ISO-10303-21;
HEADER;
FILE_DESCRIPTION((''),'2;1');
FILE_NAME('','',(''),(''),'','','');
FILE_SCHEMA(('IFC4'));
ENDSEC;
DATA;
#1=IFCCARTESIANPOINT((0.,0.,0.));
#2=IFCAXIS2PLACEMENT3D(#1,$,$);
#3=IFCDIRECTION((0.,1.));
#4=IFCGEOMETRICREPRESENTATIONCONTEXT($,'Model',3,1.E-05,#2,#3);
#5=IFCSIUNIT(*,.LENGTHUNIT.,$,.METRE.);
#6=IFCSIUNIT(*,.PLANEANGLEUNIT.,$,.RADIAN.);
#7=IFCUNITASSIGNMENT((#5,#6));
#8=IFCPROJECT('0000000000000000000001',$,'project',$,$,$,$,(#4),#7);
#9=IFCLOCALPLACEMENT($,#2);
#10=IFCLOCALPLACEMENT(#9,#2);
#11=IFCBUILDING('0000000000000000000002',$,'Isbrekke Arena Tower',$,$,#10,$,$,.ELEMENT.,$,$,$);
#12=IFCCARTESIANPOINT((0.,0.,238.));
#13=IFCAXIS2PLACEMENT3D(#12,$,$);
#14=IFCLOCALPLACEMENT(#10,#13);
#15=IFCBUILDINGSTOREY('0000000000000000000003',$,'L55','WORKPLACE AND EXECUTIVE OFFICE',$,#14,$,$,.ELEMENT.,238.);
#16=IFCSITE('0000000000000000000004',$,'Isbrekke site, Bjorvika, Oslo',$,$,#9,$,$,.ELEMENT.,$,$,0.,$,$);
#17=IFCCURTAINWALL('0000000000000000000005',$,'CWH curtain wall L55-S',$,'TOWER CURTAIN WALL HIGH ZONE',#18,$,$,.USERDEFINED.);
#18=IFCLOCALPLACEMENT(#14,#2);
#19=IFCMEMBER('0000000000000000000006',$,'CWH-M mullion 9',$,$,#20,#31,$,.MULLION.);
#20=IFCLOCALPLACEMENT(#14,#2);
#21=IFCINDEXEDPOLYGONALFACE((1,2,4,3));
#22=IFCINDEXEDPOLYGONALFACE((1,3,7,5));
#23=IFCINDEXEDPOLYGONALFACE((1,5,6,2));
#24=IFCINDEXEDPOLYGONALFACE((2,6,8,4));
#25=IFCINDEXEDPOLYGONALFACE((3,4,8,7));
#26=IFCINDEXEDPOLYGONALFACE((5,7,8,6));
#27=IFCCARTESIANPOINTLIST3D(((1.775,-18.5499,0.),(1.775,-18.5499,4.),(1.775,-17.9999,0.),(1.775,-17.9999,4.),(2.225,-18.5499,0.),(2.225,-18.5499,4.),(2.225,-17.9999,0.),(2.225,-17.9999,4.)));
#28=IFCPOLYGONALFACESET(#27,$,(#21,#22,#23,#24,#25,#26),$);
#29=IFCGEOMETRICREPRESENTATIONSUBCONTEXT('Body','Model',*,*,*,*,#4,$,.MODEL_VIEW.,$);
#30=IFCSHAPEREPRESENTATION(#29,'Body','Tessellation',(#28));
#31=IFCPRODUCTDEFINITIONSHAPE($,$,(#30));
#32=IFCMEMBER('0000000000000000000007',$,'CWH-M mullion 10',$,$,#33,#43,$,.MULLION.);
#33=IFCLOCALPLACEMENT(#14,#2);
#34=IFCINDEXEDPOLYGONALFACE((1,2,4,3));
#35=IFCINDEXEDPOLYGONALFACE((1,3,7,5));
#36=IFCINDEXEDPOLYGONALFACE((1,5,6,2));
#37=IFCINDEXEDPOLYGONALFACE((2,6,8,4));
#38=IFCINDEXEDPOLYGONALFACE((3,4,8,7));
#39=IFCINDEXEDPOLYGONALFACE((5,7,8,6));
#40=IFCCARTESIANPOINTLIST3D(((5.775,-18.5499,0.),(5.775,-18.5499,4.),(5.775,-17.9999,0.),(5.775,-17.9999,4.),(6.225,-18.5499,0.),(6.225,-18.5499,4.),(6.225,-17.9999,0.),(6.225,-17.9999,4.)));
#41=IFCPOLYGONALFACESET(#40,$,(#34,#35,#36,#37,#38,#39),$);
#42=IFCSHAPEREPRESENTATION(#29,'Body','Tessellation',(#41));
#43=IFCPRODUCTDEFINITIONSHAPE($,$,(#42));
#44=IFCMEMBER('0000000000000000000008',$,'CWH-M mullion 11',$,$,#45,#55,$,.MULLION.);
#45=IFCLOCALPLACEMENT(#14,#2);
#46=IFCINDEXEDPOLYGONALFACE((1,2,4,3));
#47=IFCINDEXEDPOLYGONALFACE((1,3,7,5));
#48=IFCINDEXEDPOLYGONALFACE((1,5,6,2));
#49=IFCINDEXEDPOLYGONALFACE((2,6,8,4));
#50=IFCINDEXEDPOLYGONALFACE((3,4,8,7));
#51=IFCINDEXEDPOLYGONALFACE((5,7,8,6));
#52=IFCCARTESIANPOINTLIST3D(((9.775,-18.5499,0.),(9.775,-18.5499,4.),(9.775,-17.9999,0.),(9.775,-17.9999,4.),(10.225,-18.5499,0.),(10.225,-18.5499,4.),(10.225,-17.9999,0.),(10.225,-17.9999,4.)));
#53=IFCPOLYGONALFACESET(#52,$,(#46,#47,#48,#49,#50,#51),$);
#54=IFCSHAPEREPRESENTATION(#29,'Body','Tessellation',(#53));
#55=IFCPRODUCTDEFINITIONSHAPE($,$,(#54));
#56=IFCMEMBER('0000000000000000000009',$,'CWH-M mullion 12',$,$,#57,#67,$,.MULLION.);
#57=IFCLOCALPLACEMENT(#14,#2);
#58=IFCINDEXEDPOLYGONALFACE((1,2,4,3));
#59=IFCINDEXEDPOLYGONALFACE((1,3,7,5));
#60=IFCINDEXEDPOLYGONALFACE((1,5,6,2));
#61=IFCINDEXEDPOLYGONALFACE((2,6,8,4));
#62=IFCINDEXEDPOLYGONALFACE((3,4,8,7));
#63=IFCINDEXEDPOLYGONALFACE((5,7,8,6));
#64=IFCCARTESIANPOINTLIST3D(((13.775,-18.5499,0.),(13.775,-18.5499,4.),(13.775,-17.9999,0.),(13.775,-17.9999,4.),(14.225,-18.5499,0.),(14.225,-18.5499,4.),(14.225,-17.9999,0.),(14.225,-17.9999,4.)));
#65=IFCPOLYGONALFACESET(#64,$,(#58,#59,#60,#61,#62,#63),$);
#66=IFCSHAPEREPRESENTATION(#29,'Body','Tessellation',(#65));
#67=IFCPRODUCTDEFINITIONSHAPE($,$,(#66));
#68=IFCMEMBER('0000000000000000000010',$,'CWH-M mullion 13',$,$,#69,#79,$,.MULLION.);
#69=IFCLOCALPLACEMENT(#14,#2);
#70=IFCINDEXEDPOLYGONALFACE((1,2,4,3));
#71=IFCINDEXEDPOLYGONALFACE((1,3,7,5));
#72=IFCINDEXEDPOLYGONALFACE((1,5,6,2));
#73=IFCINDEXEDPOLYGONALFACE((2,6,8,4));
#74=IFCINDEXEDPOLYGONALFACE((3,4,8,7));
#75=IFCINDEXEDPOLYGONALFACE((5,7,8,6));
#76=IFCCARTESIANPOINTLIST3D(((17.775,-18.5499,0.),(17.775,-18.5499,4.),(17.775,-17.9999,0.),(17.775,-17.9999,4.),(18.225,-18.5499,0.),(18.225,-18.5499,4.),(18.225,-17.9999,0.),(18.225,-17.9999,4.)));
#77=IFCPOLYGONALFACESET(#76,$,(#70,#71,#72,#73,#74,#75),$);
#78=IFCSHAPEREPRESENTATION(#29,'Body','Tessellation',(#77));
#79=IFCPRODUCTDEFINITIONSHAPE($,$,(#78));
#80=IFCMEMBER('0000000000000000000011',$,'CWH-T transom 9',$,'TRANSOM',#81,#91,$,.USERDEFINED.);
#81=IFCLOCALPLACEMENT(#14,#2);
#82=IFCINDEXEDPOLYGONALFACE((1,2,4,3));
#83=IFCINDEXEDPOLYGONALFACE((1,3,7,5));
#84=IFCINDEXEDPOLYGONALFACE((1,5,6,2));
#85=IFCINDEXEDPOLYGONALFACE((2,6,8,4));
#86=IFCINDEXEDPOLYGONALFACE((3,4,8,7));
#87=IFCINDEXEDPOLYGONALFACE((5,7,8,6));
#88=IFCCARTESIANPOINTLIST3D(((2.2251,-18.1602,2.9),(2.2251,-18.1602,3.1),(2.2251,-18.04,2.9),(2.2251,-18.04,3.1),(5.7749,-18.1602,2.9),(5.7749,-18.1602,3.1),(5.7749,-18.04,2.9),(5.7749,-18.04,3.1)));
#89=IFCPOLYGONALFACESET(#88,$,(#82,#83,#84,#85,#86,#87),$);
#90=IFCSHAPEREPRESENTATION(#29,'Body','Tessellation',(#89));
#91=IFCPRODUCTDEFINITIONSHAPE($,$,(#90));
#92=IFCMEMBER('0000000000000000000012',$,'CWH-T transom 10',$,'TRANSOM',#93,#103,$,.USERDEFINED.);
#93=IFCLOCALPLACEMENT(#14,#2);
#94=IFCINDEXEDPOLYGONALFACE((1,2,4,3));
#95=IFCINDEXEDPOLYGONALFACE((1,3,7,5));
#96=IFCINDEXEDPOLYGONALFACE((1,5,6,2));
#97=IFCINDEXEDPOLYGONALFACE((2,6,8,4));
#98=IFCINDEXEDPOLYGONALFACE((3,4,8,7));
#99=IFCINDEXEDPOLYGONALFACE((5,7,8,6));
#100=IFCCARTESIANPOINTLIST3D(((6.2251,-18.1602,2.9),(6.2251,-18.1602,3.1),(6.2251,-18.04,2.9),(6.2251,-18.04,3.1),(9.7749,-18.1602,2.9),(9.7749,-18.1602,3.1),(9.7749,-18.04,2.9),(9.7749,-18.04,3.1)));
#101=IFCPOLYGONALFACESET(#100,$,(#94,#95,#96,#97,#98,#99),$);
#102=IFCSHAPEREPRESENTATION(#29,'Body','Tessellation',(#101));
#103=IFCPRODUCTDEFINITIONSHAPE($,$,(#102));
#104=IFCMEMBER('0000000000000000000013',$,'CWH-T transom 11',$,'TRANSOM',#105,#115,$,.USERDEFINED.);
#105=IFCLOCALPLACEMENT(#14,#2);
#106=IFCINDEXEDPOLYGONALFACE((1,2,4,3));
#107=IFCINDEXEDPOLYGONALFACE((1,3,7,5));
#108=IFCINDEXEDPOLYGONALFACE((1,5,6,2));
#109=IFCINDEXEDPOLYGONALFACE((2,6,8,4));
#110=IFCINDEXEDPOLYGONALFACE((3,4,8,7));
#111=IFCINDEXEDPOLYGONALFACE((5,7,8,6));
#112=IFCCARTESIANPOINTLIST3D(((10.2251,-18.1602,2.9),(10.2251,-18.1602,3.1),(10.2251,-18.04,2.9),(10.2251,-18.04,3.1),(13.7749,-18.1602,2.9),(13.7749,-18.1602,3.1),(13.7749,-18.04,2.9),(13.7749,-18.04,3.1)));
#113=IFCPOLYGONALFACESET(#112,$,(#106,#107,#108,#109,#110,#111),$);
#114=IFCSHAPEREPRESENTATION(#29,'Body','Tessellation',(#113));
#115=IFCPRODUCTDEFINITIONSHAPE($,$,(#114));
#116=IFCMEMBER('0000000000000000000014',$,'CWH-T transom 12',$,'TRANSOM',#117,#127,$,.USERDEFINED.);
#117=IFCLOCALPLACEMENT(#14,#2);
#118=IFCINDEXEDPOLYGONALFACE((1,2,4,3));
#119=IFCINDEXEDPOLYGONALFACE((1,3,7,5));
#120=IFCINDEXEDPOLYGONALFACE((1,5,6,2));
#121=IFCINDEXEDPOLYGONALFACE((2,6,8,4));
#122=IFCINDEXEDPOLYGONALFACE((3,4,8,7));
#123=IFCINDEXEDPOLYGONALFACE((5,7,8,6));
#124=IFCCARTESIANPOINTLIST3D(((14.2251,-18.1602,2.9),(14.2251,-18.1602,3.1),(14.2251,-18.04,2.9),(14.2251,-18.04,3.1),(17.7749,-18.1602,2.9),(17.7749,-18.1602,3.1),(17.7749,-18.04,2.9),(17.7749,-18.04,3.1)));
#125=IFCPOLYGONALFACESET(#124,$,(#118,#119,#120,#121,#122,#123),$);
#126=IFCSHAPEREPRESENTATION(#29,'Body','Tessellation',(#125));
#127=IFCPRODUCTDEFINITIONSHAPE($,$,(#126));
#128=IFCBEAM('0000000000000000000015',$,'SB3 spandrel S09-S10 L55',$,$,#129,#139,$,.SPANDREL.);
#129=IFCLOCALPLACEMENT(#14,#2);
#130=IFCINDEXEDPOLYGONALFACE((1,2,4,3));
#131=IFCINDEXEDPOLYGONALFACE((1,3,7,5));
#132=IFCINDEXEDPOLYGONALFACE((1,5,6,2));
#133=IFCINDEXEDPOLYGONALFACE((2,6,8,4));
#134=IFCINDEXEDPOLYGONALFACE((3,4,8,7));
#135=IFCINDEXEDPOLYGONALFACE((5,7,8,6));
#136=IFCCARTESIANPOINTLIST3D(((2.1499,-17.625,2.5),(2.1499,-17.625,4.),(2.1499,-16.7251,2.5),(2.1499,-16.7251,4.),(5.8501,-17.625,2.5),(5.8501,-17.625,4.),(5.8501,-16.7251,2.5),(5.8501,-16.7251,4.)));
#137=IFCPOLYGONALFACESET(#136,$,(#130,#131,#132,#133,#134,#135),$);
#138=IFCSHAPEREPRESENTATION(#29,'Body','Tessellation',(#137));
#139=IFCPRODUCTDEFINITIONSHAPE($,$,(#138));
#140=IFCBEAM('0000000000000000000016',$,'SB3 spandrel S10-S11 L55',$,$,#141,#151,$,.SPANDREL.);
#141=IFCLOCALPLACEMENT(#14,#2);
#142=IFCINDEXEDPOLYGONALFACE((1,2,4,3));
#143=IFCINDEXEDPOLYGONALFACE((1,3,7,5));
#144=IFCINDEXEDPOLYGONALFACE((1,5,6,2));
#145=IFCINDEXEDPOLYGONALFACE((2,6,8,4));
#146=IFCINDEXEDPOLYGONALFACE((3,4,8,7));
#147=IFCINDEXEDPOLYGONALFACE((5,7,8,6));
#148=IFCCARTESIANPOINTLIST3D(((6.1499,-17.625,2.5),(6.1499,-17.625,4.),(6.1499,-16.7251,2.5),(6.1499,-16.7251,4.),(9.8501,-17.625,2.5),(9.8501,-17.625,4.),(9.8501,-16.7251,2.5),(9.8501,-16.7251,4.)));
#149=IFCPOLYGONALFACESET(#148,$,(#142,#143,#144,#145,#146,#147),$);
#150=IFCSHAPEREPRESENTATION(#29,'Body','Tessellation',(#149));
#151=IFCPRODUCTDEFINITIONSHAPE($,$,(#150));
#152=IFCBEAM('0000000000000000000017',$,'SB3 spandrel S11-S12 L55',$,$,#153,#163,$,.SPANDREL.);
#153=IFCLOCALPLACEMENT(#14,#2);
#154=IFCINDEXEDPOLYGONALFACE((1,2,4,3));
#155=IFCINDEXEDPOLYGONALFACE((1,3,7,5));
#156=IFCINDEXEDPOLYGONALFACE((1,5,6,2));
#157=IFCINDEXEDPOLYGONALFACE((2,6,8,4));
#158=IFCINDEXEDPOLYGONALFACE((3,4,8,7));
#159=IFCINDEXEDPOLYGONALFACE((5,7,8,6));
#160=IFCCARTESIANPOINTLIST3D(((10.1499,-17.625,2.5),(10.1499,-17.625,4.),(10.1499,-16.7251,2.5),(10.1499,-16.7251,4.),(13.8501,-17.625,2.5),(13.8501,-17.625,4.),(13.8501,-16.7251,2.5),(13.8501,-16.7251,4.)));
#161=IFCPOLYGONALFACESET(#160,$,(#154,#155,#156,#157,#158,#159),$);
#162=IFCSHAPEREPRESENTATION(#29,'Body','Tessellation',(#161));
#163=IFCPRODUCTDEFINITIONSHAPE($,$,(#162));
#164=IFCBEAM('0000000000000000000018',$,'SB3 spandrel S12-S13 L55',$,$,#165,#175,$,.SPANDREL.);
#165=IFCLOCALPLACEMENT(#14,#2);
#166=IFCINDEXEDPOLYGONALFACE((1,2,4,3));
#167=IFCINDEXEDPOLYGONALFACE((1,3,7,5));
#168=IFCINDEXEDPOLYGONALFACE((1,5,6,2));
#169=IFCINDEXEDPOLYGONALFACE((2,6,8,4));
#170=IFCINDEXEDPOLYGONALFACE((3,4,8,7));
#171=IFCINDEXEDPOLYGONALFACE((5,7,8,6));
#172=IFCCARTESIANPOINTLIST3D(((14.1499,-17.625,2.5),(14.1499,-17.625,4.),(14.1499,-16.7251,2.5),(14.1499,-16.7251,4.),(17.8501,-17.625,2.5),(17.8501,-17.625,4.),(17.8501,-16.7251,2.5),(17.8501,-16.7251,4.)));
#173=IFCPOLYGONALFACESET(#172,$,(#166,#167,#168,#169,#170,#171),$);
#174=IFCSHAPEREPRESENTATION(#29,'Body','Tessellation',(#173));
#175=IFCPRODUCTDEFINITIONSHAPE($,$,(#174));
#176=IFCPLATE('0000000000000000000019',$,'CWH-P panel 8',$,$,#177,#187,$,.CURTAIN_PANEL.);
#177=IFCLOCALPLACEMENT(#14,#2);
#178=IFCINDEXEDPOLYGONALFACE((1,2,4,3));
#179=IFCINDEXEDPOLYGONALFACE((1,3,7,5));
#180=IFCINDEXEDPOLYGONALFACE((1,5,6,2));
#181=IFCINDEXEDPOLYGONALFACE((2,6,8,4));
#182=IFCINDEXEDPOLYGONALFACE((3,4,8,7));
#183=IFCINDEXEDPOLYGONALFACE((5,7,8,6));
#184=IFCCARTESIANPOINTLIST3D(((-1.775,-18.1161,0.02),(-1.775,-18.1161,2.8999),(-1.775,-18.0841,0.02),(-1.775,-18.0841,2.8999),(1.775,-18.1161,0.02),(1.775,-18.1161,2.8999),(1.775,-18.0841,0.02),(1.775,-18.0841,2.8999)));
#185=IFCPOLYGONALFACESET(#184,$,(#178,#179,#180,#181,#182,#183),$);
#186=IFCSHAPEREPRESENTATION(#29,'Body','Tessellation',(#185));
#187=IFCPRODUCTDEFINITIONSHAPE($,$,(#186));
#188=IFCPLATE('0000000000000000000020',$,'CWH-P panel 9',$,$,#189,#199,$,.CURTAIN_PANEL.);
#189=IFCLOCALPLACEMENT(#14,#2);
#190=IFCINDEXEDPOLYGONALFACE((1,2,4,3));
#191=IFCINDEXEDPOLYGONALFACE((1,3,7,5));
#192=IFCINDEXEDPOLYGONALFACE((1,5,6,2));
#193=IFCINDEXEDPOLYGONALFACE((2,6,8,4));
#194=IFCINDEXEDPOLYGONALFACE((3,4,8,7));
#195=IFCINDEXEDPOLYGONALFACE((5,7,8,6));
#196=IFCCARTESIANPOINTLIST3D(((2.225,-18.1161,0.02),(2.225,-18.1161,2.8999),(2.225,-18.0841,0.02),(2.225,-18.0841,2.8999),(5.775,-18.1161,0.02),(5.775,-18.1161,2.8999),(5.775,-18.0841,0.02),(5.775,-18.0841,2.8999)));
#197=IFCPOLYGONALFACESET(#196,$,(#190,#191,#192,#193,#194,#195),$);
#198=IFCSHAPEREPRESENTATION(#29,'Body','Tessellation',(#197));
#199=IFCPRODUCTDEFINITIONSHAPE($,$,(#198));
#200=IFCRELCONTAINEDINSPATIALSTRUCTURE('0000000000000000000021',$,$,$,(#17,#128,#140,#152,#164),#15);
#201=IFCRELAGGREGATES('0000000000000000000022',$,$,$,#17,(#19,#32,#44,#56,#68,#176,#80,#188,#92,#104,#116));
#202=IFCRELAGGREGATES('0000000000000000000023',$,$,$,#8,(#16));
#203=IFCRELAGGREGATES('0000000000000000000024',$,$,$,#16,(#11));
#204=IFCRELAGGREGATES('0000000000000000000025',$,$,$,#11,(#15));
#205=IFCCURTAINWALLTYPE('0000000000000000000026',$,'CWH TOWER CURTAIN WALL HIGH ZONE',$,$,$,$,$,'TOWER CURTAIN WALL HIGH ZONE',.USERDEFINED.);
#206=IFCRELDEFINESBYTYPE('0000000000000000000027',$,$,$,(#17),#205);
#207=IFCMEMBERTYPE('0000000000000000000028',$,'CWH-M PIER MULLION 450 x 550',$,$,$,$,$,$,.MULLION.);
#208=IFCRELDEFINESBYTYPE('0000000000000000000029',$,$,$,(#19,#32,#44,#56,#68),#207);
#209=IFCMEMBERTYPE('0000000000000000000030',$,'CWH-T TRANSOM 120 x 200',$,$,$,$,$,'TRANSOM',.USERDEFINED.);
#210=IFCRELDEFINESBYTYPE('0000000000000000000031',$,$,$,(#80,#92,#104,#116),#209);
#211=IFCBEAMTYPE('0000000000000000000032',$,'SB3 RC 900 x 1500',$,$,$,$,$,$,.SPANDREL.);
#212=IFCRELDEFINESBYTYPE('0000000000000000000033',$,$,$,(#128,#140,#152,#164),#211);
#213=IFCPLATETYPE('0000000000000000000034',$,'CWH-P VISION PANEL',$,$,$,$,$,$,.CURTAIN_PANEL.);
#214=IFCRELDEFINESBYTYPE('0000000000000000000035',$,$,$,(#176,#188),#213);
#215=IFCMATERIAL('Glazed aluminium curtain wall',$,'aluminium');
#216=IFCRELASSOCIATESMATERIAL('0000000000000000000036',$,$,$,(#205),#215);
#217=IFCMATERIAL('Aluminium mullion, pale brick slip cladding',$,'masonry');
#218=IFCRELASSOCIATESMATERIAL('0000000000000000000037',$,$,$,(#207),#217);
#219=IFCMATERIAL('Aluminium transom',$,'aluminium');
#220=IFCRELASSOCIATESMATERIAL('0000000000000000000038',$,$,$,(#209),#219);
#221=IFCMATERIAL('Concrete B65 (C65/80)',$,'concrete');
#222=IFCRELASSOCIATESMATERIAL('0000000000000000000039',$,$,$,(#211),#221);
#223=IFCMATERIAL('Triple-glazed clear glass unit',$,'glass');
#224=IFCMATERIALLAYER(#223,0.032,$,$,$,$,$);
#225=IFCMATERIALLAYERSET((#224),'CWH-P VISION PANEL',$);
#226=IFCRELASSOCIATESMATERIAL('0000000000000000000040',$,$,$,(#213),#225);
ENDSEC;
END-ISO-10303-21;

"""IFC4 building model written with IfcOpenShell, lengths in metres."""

from ifc_helpers import new_model, si_unit, direction, frame, origin, origin_2d, place, context, subcontext, project, spatial, rectangle, extrude, material, layer, layer_set, material_profile, profile_set, type_object, element, aggregate, save


model = new_model("IFC4")

# Units and contexts
model_context = context("Model", 3, precision=1e-05, world=origin(), true_north=direction((0.0, 1.0)))
body_context = subcontext(model_context, "Body", "Model", "MODEL_VIEW")
ifc_project = project(units=[si_unit("LENGTHUNIT", "METRE"), si_unit("PLANEANGLEUNIT", "RADIAN")], contexts=[model_context])

# Site, building, storey
site_placement = place(None, origin())
site = spatial("IfcSite", under=ifc_project, at=site_placement, Name="Isbrekke site, Bjorvika, Oslo", CompositionType="ELEMENT", RefElevation=0.0)
building_placement = place(site_placement, origin())
building = spatial("IfcBuilding", under=site, at=building_placement, Name="Isbrekke Arena Tower", CompositionType="ELEMENT")
storey_placement = place(building_placement, frame((0.0, 0.0, 238.0)))
storey = spatial("IfcBuildingStorey", under=building, at=storey_placement, Name="L55", Description="WORKPLACE AND EXECUTIVE OFFICE", CompositionType="ELEMENT", Elevation=238.0)

# Curtain wall, members
ifc_material_1 = material(Name="Glazed aluminium curtain wall", Category="aluminium")
curtain_wall_type = type_object("IfcCurtainWallType", Name="CWH TOWER CURTAIN WALL HIGH ZONE", ElementType="TOWER CURTAIN WALL HIGH ZONE", PredefinedType="USERDEFINED", material=ifc_material_1)
curtain_wall_placement = place(storey_placement, origin())
curtain_wall = element("IfcCurtainWall", 1, at=curtain_wall_placement, inside=storey, type_object=curtain_wall_type, Name="CWH curtain wall L55-S", ObjectType="TOWER CURTAIN WALL HIGH ZONE", PredefinedType="USERDEFINED")
ifc_material_2 = material(Name="Aluminium mullion, pale brick slip cladding", Category="masonry")
ifc_material_profile_1 = material_profile(ifc_material_2, rectangle(XDim=0.45, YDim=0.55, at=origin_2d()), Name="PIER 450X550")
ifc_profile_set_1 = profile_set([ifc_material_profile_1], Name="Aluminium mullion, pale brick slip cladding")
member_type_1 = type_object("IfcMemberType", Name="CWH-M PIER MULLION 450 x 550", PredefinedType="MULLION", material=ifc_profile_set_1)
member_1_placement = place(storey_placement, frame((2.0, -18.2749, 0.0), z_axis=(0.0, 0.0, 1.0), x_axis=(1.0, 0.0, 0.0)))
member_1 = element("IfcMember", 2, at=member_1_placement, type_object=member_type_1, Name="CWH-M mullion 9", PredefinedType="MULLION", context=body_context, shape_type="SweptSolid", body=[
    extrude(rectangle(XDim=0.45, YDim=0.55, at=origin_2d()), origin(), (0.0, 0.0, 1.0), 4.0),
])
member_2_placement = place(storey_placement, frame((6.0, -18.2749, 0.0), z_axis=(0.0, 0.0, 1.0), x_axis=(1.0, 0.0, 0.0)))
member_2 = element("IfcMember", 3, at=member_2_placement, type_object=member_type_1, Name="CWH-M mullion 10", PredefinedType="MULLION", context=body_context, shape_type="SweptSolid", body=[
    extrude(rectangle(XDim=0.45, YDim=0.55, at=origin_2d()), origin(), (0.0, 0.0, 1.0), 4.0),
])
member_3_placement = place(storey_placement, frame((10.0, -18.2749, 0.0), z_axis=(0.0, 0.0, 1.0), x_axis=(1.0, 0.0, 0.0)))
member_3 = element("IfcMember", 4, at=member_3_placement, type_object=member_type_1, Name="CWH-M mullion 11", PredefinedType="MULLION", context=body_context, shape_type="SweptSolid", body=[
    extrude(rectangle(XDim=0.45, YDim=0.55, at=origin_2d()), origin(), (0.0, 0.0, 1.0), 4.0),
])
member_4_placement = place(storey_placement, frame((14.0, -18.2749, 0.0), z_axis=(0.0, 0.0, 1.0), x_axis=(1.0, 0.0, 0.0)))
member_4 = element("IfcMember", 5, at=member_4_placement, type_object=member_type_1, Name="CWH-M mullion 12", PredefinedType="MULLION", context=body_context, shape_type="SweptSolid", body=[
    extrude(rectangle(XDim=0.45, YDim=0.55, at=origin_2d()), origin(), (0.0, 0.0, 1.0), 4.0),
])
member_5_placement = place(storey_placement, frame((18.0, -18.2749, 0.0), z_axis=(0.0, 0.0, 1.0), x_axis=(1.0, 0.0, 0.0)))
member_5 = element("IfcMember", 6, at=member_5_placement, type_object=member_type_1, Name="CWH-M mullion 13", PredefinedType="MULLION", context=body_context, shape_type="SweptSolid", body=[
    extrude(rectangle(XDim=0.45, YDim=0.55, at=origin_2d()), origin(), (0.0, 0.0, 1.0), 4.0),
])
ifc_material_3 = material(Name="Aluminium transom", Category="aluminium")
ifc_material_profile_2 = material_profile(ifc_material_3, rectangle(XDim=0.1201, YDim=0.2, at=origin_2d()), Name="TRANSOM 120X200")
ifc_profile_set_2 = profile_set([ifc_material_profile_2], Name="Aluminium transom")
member_type_2 = type_object("IfcMemberType", Name="CWH-T TRANSOM 120 x 200", ElementType="TRANSOM", PredefinedType="USERDEFINED", material=ifc_profile_set_2)
member_6_placement = place(storey_placement, frame((2.2251, -18.1001, 3.0), z_axis=(1.0, 0.0, 0.0), x_axis=(0.0, 1.0, 0.0)))
member_6 = element("IfcMember", 7, at=member_6_placement, type_object=member_type_2, Name="CWH-T transom 9", ObjectType="TRANSOM", PredefinedType="USERDEFINED", context=body_context, shape_type="SweptSolid", body=[
    extrude(rectangle(XDim=0.1201, YDim=0.2, at=origin_2d()), origin(), (0.0, 0.0, 1.0), 3.5498),
])
member_7_placement = place(storey_placement, frame((6.2251, -18.1001, 3.0), z_axis=(1.0, 0.0, 0.0), x_axis=(0.0, 1.0, 0.0)))
member_7 = element("IfcMember", 8, at=member_7_placement, type_object=member_type_2, Name="CWH-T transom 10", ObjectType="TRANSOM", PredefinedType="USERDEFINED", context=body_context, shape_type="SweptSolid", body=[
    extrude(rectangle(XDim=0.1201, YDim=0.2, at=origin_2d()), origin(), (0.0, 0.0, 1.0), 3.5498),
])
member_8_placement = place(storey_placement, frame((10.2251, -18.1001, 3.0), z_axis=(1.0, 0.0, 0.0), x_axis=(0.0, 1.0, 0.0)))
member_8 = element("IfcMember", 9, at=member_8_placement, type_object=member_type_2, Name="CWH-T transom 11", ObjectType="TRANSOM", PredefinedType="USERDEFINED", context=body_context, shape_type="SweptSolid", body=[
    extrude(rectangle(XDim=0.1201, YDim=0.2, at=origin_2d()), origin(), (0.0, 0.0, 1.0), 3.5498),
])
member_9_placement = place(storey_placement, frame((14.2251, -18.1001, 3.0), z_axis=(1.0, 0.0, 0.0), x_axis=(0.0, 1.0, 0.0)))
member_9 = element("IfcMember", 10, at=member_9_placement, type_object=member_type_2, Name="CWH-T transom 12", ObjectType="TRANSOM", PredefinedType="USERDEFINED", context=body_context, shape_type="SweptSolid", body=[
    extrude(rectangle(XDim=0.1201, YDim=0.2, at=origin_2d()), origin(), (0.0, 0.0, 1.0), 3.5498),
])

# Beams
ifc_material_4 = material(Name="Concrete B65 (C65/80)", Category="concrete")
ifc_material_profile_3 = material_profile(ifc_material_4, rectangle(XDim=0.8999, YDim=1.5, at=origin_2d()), Name="RC 900x1500")
ifc_profile_set_3 = profile_set([ifc_material_profile_3], Name="Concrete B65 (C65/80)")
beam_type_1 = type_object("IfcBeamType", Name="SB3 RC 900 x 1500", PredefinedType="SPANDREL", material=ifc_profile_set_3)
for number, where, z_axis, x_axis, name in (
    (11, (2.1499, -17.175, 3.25), (1.0, 0.0, 0.0), (0.0, 1.0, 0.0), "SB3 spandrel S09-S10 L55"),
    (12, (6.1499, -17.175, 3.25), (1.0, 0.0, 0.0), (0.0, 1.0, 0.0), "SB3 spandrel S10-S11 L55"),
    (13, (10.1499, -17.175, 3.25), (1.0, 0.0, 0.0), (0.0, 1.0, 0.0), "SB3 spandrel S11-S12 L55"),
    (14, (14.1499, -17.175, 3.25), (1.0, 0.0, 0.0), (0.0, 1.0, 0.0), "SB3 spandrel S12-S13 L55"),
):
    element("IfcBeam", number, at=place(storey_placement, frame(where, z_axis=z_axis, x_axis=x_axis)), inside=storey, type_object=beam_type_1, Name=name, PredefinedType="SPANDREL", context=body_context, shape_type="SweptSolid", body=[
        extrude(rectangle(XDim=0.8999, YDim=1.5, at=origin_2d()), origin(), (0.0, 0.0, 1.0), 3.7002),
    ])

# Plates
ifc_material_5 = material(Name="Triple-glazed clear glass unit", Category="glass")
ifc_layer = layer(ifc_material_5, 0.032)
ifc_layer_set = layer_set([ifc_layer], Name="CWH-P VISION PANEL")
plate_type = type_object("IfcPlateType", Name="CWH-P VISION PANEL", PredefinedType="CURTAIN_PANEL", material=ifc_layer_set)
plate_1_placement = place(storey_placement, frame((0.0, -18.1001, 0.02), z_axis=(0.0, 0.0, 1.0), x_axis=(1.0, 0.0, 0.0)))
plate_1 = element("IfcPlate", 15, at=plate_1_placement, type_object=plate_type, Name="CWH-P panel 8", PredefinedType="CURTAIN_PANEL", context=body_context, shape_type="SweptSolid", body=[
    extrude(rectangle(XDim=3.55, YDim=0.032, at=origin_2d()), origin(), (0.0, 0.0, 1.0), 2.8799),
])
plate_2_placement = place(storey_placement, frame((4.0, -18.1001, 0.02), z_axis=(0.0, 0.0, 1.0), x_axis=(1.0, 0.0, 0.0)))
plate_2 = element("IfcPlate", 16, at=plate_2_placement, type_object=plate_type, Name="CWH-P panel 9", PredefinedType="CURTAIN_PANEL", context=body_context, shape_type="SweptSolid", body=[
    extrude(rectangle(XDim=3.55, YDim=0.032, at=origin_2d()), origin(), (0.0, 0.0, 1.0), 2.8799),
])
aggregate(curtain_wall, [member_1, member_2, member_3, member_4, member_5, plate_1, member_6, plate_2, member_7, member_8, member_9])

save(model, "model.ifc")
